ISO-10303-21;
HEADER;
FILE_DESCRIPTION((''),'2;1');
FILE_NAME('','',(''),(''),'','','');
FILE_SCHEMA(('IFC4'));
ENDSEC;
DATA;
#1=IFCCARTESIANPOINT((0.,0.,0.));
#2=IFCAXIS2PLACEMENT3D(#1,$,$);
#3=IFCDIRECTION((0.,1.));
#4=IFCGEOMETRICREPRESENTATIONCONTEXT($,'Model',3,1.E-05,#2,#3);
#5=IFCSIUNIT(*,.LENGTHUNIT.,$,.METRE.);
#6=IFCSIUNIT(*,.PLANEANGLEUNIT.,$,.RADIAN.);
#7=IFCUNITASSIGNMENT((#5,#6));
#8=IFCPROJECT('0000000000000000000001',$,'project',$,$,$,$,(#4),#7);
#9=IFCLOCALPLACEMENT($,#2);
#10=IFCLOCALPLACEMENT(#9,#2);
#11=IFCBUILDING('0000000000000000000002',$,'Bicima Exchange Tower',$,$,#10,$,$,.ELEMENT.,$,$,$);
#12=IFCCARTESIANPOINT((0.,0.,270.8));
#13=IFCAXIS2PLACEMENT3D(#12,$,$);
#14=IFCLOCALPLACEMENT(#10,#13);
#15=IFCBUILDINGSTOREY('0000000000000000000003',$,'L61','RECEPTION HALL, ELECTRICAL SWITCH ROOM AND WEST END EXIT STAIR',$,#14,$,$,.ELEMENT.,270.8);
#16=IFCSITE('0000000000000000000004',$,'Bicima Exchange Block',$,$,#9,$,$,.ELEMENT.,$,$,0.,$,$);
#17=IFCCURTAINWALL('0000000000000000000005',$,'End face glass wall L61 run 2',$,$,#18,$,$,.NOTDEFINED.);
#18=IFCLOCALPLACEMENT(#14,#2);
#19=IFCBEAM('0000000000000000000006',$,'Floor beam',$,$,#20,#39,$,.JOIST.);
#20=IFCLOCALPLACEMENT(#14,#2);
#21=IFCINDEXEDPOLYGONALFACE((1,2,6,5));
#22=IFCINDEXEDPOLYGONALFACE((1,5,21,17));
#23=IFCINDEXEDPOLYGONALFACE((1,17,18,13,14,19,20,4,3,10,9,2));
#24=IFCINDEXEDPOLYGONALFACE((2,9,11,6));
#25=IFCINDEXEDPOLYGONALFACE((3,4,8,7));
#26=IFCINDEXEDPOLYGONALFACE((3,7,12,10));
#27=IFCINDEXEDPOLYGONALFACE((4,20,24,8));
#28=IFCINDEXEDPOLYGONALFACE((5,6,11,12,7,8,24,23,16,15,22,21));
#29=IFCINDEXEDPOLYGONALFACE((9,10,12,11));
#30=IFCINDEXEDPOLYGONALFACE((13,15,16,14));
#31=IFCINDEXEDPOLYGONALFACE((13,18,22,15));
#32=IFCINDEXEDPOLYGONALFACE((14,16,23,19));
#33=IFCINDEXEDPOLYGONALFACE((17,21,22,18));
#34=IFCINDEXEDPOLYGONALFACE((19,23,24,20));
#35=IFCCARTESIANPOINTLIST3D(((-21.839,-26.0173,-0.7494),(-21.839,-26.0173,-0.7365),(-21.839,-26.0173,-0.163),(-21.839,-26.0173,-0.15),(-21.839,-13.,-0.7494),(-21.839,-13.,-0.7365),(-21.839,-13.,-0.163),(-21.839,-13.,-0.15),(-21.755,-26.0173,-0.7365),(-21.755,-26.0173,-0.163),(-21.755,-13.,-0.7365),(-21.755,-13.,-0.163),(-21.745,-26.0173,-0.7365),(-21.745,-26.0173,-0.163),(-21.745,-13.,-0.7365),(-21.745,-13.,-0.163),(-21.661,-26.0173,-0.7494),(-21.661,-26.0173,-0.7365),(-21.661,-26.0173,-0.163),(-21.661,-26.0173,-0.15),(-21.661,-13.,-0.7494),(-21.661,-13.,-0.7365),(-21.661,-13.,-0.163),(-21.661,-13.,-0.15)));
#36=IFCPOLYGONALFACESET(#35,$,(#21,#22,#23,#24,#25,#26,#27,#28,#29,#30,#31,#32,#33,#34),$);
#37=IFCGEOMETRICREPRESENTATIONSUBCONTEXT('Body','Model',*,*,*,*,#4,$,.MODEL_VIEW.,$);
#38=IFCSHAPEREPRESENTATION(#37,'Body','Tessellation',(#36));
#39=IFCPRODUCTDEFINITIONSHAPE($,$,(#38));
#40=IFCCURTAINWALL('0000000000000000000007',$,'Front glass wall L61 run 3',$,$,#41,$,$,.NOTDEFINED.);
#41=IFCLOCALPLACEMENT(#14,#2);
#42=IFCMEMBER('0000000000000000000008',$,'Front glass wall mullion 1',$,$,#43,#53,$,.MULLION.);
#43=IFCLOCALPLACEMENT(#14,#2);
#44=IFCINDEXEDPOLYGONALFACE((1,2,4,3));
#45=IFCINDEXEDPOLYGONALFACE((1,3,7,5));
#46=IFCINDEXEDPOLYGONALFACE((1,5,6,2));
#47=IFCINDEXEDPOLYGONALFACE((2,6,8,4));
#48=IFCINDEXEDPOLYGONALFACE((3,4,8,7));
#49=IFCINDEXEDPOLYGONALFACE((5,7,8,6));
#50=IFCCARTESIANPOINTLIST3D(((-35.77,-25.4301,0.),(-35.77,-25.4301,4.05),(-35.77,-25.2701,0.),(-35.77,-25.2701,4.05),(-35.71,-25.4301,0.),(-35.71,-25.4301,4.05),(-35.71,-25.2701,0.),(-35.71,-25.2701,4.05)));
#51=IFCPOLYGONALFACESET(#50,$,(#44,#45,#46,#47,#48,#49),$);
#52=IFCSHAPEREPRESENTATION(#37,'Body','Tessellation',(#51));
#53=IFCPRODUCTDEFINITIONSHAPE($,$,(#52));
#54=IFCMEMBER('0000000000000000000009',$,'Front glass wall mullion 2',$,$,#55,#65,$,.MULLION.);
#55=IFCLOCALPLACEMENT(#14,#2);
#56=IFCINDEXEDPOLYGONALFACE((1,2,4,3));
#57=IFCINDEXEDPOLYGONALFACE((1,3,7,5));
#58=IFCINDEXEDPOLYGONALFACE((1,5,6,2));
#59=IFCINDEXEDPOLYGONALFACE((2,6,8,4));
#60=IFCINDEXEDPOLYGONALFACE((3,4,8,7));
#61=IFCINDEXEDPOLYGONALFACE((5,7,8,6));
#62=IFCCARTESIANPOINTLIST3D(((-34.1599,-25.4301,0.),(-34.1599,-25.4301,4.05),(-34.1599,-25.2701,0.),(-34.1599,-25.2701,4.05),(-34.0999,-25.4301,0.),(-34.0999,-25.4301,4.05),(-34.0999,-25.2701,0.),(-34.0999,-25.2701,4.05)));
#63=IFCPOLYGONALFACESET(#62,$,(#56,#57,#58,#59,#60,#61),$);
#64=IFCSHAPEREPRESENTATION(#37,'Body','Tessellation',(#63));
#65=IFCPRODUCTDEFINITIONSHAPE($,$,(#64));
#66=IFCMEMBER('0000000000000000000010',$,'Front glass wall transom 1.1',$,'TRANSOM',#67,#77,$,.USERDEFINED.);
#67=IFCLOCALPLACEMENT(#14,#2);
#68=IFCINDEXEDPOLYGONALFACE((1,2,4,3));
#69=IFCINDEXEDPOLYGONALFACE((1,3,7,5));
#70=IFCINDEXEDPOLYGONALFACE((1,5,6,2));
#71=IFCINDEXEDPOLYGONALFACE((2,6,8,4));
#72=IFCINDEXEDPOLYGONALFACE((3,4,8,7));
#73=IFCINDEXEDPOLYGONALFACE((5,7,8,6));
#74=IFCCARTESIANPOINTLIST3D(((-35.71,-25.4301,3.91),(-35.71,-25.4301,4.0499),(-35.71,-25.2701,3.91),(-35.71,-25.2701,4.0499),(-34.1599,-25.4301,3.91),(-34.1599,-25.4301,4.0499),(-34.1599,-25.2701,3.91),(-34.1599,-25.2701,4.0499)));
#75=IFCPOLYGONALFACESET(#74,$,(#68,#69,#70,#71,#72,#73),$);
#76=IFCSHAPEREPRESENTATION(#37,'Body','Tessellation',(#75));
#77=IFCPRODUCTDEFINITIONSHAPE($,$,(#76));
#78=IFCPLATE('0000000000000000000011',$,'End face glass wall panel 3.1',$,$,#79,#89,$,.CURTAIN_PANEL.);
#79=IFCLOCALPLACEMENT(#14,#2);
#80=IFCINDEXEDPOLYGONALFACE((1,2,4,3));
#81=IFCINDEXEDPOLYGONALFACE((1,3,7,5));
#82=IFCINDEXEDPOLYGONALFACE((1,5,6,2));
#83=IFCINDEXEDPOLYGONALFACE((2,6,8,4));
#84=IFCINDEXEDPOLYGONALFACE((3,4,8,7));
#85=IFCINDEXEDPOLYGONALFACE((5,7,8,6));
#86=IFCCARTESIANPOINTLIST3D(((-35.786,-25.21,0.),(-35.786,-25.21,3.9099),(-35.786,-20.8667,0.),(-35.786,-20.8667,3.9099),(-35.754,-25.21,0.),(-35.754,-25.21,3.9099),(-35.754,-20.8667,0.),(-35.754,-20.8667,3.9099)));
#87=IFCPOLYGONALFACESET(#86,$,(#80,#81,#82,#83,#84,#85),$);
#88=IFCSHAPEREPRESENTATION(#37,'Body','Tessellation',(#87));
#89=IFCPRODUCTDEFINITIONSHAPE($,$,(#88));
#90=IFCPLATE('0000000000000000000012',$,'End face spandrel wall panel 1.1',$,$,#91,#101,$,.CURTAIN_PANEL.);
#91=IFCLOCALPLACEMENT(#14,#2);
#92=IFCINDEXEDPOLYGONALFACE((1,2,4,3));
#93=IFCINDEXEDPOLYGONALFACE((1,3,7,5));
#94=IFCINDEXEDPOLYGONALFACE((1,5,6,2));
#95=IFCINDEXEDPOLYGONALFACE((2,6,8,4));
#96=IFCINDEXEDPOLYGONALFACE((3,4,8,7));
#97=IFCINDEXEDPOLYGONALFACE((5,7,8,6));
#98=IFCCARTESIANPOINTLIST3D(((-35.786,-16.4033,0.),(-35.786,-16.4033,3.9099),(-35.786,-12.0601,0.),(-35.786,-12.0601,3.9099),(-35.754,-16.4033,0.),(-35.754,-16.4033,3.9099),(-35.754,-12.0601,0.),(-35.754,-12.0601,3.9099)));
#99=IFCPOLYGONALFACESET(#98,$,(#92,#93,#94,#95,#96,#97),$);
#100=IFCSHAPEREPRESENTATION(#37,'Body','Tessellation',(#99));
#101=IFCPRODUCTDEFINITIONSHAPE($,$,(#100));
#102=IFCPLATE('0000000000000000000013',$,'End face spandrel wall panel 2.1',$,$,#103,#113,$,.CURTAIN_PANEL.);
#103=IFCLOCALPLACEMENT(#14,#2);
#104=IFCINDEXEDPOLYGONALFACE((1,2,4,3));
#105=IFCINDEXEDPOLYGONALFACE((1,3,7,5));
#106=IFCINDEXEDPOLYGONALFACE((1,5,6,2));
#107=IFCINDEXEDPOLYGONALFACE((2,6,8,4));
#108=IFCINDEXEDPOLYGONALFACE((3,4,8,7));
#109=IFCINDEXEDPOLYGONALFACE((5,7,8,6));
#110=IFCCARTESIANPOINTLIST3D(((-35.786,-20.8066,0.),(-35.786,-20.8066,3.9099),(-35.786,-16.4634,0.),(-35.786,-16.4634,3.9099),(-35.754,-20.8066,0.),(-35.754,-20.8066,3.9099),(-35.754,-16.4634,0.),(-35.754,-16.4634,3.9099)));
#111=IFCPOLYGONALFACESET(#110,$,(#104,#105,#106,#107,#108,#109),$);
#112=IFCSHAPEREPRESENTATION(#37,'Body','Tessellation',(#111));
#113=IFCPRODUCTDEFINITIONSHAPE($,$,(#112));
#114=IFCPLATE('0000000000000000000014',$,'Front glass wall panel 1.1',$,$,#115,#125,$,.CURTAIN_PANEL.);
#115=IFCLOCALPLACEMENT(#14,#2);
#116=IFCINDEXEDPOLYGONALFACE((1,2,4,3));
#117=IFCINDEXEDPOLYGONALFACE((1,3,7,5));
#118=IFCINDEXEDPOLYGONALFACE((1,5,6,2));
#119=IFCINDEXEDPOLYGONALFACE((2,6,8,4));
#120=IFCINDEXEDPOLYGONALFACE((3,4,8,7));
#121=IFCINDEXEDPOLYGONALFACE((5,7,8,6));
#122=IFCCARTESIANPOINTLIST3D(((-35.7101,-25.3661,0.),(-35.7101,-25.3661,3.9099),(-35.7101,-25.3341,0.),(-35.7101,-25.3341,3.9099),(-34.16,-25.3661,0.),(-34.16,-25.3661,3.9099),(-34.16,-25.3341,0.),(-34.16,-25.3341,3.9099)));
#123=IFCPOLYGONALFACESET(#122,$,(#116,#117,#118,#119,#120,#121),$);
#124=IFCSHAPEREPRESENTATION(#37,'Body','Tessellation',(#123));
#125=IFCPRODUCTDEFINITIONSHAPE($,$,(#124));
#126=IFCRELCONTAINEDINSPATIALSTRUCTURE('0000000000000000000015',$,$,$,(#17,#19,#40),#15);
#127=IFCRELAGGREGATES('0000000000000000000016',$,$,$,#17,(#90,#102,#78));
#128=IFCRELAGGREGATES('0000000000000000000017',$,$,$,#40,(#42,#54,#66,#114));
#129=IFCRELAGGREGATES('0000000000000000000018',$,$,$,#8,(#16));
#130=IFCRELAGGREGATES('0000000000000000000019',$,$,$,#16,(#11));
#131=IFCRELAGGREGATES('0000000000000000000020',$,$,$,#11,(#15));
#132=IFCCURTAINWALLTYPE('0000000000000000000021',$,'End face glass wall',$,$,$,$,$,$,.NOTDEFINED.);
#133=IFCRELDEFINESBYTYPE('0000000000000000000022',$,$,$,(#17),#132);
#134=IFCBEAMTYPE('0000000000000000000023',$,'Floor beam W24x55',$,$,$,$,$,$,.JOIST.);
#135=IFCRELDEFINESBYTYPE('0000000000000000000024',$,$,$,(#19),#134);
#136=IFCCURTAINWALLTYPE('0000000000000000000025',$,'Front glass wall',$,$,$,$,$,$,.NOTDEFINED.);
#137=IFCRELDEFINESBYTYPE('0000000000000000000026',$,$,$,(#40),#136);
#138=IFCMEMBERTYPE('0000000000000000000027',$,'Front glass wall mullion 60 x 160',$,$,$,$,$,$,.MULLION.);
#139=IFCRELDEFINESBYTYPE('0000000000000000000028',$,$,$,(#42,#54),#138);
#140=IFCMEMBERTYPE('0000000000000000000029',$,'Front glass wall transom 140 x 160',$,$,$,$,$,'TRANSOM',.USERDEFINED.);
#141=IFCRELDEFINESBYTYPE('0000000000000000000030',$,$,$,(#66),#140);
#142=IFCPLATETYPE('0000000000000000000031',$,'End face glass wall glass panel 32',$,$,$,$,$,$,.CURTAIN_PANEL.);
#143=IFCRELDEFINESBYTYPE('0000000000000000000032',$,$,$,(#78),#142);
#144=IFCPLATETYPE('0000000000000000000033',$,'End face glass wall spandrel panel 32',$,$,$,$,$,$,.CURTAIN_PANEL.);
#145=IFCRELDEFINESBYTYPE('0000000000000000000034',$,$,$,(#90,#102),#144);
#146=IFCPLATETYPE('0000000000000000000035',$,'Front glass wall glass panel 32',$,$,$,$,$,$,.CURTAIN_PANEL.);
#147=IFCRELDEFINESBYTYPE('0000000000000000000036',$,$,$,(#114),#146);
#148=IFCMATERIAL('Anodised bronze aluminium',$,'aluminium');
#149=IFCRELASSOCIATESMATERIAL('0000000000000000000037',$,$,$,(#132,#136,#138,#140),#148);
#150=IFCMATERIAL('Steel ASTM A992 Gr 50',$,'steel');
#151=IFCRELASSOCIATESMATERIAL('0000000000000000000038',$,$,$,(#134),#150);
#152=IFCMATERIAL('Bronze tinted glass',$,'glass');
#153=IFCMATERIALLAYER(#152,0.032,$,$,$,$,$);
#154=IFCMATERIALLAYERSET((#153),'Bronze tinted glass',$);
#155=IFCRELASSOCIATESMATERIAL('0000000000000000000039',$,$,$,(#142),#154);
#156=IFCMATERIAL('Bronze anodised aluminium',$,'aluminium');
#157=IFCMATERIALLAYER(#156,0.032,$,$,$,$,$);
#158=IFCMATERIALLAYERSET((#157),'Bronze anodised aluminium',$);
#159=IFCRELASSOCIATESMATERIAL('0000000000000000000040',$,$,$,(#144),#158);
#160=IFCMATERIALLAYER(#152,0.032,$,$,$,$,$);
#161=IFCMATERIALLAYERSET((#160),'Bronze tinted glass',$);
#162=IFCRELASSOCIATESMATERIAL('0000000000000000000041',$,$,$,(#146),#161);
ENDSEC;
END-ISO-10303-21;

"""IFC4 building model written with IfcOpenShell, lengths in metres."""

from ifc_helpers import new_model, si_unit, direction, frame, origin, origin_2d, place, context, subcontext, project, spatial, rectangle, i_section, extrude, material, layer, layer_set, material_profile, profile_set, type_object, element, aggregate, save


model = new_model("IFC4")

# Units and contexts
model_context = context("Model", 3, precision=1e-05, world=origin(), true_north=direction((0.0, 1.0)))
body_context = subcontext(model_context, "Body", "Model", "MODEL_VIEW")
ifc_project = project(units=[si_unit("LENGTHUNIT", "METRE"), si_unit("PLANEANGLEUNIT", "RADIAN")], contexts=[model_context])

# Site, building, storey
site_placement = place(None, origin())
site = spatial("IfcSite", under=ifc_project, at=site_placement, Name="Bicima Exchange Block", CompositionType="ELEMENT", RefElevation=0.0)
building_placement = place(site_placement, origin())
building = spatial("IfcBuilding", under=site, at=building_placement, Name="Bicima Exchange Tower", CompositionType="ELEMENT")
storey_placement = place(building_placement, frame((0.0, 0.0, 270.8)))
storey = spatial("IfcBuildingStorey", under=building, at=storey_placement, Name="L61", Description="RECEPTION HALL, ELECTRICAL SWITCH ROOM AND WEST END EXIT STAIR", CompositionType="ELEMENT", Elevation=270.8)

# Shared definitions
ifc_material_1 = material(Name="Steel ASTM A992 Gr 50", Category="steel")

# Curtain wall
ifc_material_2 = material(Name="Anodised bronze aluminium", Category="aluminium")
curtain_wall_type_1 = type_object("IfcCurtainWallType", Name="End face glass wall", PredefinedType="NOTDEFINED", material=ifc_material_2)
curtain_wall_1_placement = place(storey_placement, origin())
curtain_wall_1 = element("IfcCurtainWall", 1, at=curtain_wall_1_placement, inside=storey, type_object=curtain_wall_type_1, Name="End face glass wall L61 run 2", PredefinedType="NOTDEFINED")
ifc_material_profile_1 = material_profile(ifc_material_2, rectangle(XDim=0.1599, YDim=0.0601, at=origin_2d()))
ifc_profile_set_1 = profile_set([ifc_material_profile_1], Name="Anodised bronze aluminium")
ifc_material_profile_2 = material_profile(ifc_material_2, rectangle(XDim=0.1599, YDim=0.1399, at=origin_2d()))
ifc_profile_set_2 = profile_set([ifc_material_profile_2], Name="Anodised bronze aluminium")

# Beam
ifc_material_profile_3 = material_profile(ifc_material_1, i_section(OverallWidth=0.178, OverallDepth=0.5994, WebThickness=0.01, FlangeThickness=0.0129, at=origin_2d()))
ifc_profile_set_3 = profile_set([ifc_material_profile_3], Name="Steel ASTM A992 Gr 50")
beam_type_1 = type_object("IfcBeamType", Name="Floor beam W24x55", PredefinedType="JOIST", material=ifc_profile_set_3)
beam_1_placement = place(storey_placement, frame((-21.75, -13.0, -0.4497), z_axis=(0.0, -1.0, 0.0), x_axis=(1.0, 0.0, 0.0)))
element("IfcBeam", 2, at=beam_1_placement, inside=storey, type_object=beam_type_1, Name="Floor beam", PredefinedType="JOIST", context=body_context, shape_type="SweptSolid", body=[
    extrude(i_section(OverallWidth=0.178, OverallDepth=0.5994, WebThickness=0.01, FlangeThickness=0.0129, at=origin_2d()), origin(), (0.0, 0.0, 1.0), 13.0173),
])

# Curtain wall, members
curtain_wall_type_2 = type_object("IfcCurtainWallType", Name="Front glass wall", PredefinedType="NOTDEFINED", material=ifc_material_2)
curtain_wall_2_placement = place(storey_placement, origin())
curtain_wall_2 = element("IfcCurtainWall", 3, at=curtain_wall_2_placement, inside=storey, type_object=curtain_wall_type_2, Name="Front glass wall L61 run 3", PredefinedType="NOTDEFINED")
member_type_1 = type_object("IfcMemberType", Name="Front glass wall mullion 60 x 160", PredefinedType="MULLION", material=ifc_profile_set_1)
member_1_placement = place(storey_placement, frame((-35.74, -25.3501, 0.0), z_axis=(0.0, 0.0, 1.0), x_axis=(0.0, 1.0, 0.0)))
member_1 = element("IfcMember", 4, at=member_1_placement, type_object=member_type_1, Name="Front glass wall mullion 1", PredefinedType="MULLION", context=body_context, shape_type="SweptSolid", body=[
    extrude(rectangle(XDim=0.1599, YDim=0.0601, at=origin_2d()), origin(), (0.0, 0.0, 1.0), 4.05),
])
member_2_placement = place(storey_placement, frame((-34.1299, -25.3501, 0.0), z_axis=(0.0, 0.0, 1.0), x_axis=(0.0, 1.0, 0.0)))
member_2 = element("IfcMember", 5, at=member_2_placement, type_object=member_type_1, Name="Front glass wall mullion 2", PredefinedType="MULLION", context=body_context, shape_type="SweptSolid", body=[
    extrude(rectangle(XDim=0.1599, YDim=0.0601, at=origin_2d()), origin(), (0.0, 0.0, 1.0), 4.05),
])
member_type_2 = type_object("IfcMemberType", Name="Front glass wall transom 140 x 160", ElementType="TRANSOM", PredefinedType="USERDEFINED", material=ifc_profile_set_2)
member_3_placement = place(storey_placement, frame((-35.71, -25.3501, 3.98), z_axis=(1.0, 0.0, 0.0), x_axis=(0.0, 1.0, 0.0)))
member_3 = element("IfcMember", 6, at=member_3_placement, type_object=member_type_2, Name="Front glass wall transom 1.1", ObjectType="TRANSOM", PredefinedType="USERDEFINED", context=body_context, shape_type="SweptSolid", body=[
    extrude(rectangle(XDim=0.1599, YDim=0.1399, at=origin_2d()), origin(), (0.0, 0.0, 1.0), 1.55),
])

# Plates
ifc_material_3 = material(Name="Bronze tinted glass", Category="glass")
ifc_layer_1 = layer(ifc_material_3, 0.032)
ifc_layer_set_1 = layer_set([ifc_layer_1], Name="Bronze tinted glass")
plate_type_1 = type_object("IfcPlateType", Name="End face glass wall glass panel 32", PredefinedType="CURTAIN_PANEL", material=ifc_layer_set_1)
plate_1_placement = place(storey_placement, frame((-35.77, -23.0383, 0.0), z_axis=(0.0, 0.0, 1.0), x_axis=(0.0, -1.0, 0.0)))
plate_1 = element("IfcPlate", 7, at=plate_1_placement, type_object=plate_type_1, Name="End face glass wall panel 3.1", PredefinedType="CURTAIN_PANEL", context=body_context, shape_type="SweptSolid", body=[
    extrude(rectangle(XDim=4.3433, YDim=0.032, at=origin_2d()), origin(), (0.0, 0.0, 1.0), 3.9099),
])
ifc_material_4 = material(Name="Bronze anodised aluminium", Category="aluminium")
ifc_layer_2 = layer(ifc_material_4, 0.032)
ifc_layer_set_2 = layer_set([ifc_layer_2], Name="Bronze anodised aluminium")
plate_type_2 = type_object("IfcPlateType", Name="End face glass wall spandrel panel 32", PredefinedType="CURTAIN_PANEL", material=ifc_layer_set_2)
plate_2_placement = place(storey_placement, frame((-35.77, -14.2317, 0.0), z_axis=(0.0, 0.0, 1.0), x_axis=(0.0, -1.0, 0.0)))
plate_2 = element("IfcPlate", 8, at=plate_2_placement, type_object=plate_type_2, Name="End face spandrel wall panel 1.1", PredefinedType="CURTAIN_PANEL", context=body_context, shape_type="SweptSolid", body=[
    extrude(rectangle(XDim=4.3433, YDim=0.032, at=origin_2d()), origin(), (0.0, 0.0, 1.0), 3.9099),
])
plate_3_placement = place(storey_placement, frame((-35.77, -18.635, 0.0), z_axis=(0.0, 0.0, 1.0), x_axis=(0.0, -1.0, 0.0)))
plate_3 = element("IfcPlate", 9, at=plate_3_placement, type_object=plate_type_2, Name="End face spandrel wall panel 2.1", PredefinedType="CURTAIN_PANEL", context=body_context, shape_type="SweptSolid", body=[
    extrude(rectangle(XDim=4.3433, YDim=0.032, at=origin_2d()), origin(), (0.0, 0.0, 1.0), 3.9099),
])
aggregate(curtain_wall_1, [plate_2, plate_3, plate_1])
ifc_layer_3 = layer(ifc_material_3, 0.032)
ifc_layer_set_3 = layer_set([ifc_layer_3], Name="Bronze tinted glass")
plate_type_3 = type_object("IfcPlateType", Name="Front glass wall glass panel 32", PredefinedType="CURTAIN_PANEL", material=ifc_layer_set_3)
plate_4_placement = place(storey_placement, frame((-34.9351, -25.3501, 0.0), z_axis=(0.0, 0.0, 1.0), x_axis=(1.0, 0.0, 0.0)))
plate_4 = element("IfcPlate", 10, at=plate_4_placement, type_object=plate_type_3, Name="Front glass wall panel 1.1", PredefinedType="CURTAIN_PANEL", context=body_context, shape_type="SweptSolid", body=[
    extrude(rectangle(XDim=1.55, YDim=0.032, at=origin_2d()), origin(), (0.0, 0.0, 1.0), 3.9099),
])
aggregate(curtain_wall_2, [member_1, member_2, member_3, plate_4])

save(model, "model.ifc")
